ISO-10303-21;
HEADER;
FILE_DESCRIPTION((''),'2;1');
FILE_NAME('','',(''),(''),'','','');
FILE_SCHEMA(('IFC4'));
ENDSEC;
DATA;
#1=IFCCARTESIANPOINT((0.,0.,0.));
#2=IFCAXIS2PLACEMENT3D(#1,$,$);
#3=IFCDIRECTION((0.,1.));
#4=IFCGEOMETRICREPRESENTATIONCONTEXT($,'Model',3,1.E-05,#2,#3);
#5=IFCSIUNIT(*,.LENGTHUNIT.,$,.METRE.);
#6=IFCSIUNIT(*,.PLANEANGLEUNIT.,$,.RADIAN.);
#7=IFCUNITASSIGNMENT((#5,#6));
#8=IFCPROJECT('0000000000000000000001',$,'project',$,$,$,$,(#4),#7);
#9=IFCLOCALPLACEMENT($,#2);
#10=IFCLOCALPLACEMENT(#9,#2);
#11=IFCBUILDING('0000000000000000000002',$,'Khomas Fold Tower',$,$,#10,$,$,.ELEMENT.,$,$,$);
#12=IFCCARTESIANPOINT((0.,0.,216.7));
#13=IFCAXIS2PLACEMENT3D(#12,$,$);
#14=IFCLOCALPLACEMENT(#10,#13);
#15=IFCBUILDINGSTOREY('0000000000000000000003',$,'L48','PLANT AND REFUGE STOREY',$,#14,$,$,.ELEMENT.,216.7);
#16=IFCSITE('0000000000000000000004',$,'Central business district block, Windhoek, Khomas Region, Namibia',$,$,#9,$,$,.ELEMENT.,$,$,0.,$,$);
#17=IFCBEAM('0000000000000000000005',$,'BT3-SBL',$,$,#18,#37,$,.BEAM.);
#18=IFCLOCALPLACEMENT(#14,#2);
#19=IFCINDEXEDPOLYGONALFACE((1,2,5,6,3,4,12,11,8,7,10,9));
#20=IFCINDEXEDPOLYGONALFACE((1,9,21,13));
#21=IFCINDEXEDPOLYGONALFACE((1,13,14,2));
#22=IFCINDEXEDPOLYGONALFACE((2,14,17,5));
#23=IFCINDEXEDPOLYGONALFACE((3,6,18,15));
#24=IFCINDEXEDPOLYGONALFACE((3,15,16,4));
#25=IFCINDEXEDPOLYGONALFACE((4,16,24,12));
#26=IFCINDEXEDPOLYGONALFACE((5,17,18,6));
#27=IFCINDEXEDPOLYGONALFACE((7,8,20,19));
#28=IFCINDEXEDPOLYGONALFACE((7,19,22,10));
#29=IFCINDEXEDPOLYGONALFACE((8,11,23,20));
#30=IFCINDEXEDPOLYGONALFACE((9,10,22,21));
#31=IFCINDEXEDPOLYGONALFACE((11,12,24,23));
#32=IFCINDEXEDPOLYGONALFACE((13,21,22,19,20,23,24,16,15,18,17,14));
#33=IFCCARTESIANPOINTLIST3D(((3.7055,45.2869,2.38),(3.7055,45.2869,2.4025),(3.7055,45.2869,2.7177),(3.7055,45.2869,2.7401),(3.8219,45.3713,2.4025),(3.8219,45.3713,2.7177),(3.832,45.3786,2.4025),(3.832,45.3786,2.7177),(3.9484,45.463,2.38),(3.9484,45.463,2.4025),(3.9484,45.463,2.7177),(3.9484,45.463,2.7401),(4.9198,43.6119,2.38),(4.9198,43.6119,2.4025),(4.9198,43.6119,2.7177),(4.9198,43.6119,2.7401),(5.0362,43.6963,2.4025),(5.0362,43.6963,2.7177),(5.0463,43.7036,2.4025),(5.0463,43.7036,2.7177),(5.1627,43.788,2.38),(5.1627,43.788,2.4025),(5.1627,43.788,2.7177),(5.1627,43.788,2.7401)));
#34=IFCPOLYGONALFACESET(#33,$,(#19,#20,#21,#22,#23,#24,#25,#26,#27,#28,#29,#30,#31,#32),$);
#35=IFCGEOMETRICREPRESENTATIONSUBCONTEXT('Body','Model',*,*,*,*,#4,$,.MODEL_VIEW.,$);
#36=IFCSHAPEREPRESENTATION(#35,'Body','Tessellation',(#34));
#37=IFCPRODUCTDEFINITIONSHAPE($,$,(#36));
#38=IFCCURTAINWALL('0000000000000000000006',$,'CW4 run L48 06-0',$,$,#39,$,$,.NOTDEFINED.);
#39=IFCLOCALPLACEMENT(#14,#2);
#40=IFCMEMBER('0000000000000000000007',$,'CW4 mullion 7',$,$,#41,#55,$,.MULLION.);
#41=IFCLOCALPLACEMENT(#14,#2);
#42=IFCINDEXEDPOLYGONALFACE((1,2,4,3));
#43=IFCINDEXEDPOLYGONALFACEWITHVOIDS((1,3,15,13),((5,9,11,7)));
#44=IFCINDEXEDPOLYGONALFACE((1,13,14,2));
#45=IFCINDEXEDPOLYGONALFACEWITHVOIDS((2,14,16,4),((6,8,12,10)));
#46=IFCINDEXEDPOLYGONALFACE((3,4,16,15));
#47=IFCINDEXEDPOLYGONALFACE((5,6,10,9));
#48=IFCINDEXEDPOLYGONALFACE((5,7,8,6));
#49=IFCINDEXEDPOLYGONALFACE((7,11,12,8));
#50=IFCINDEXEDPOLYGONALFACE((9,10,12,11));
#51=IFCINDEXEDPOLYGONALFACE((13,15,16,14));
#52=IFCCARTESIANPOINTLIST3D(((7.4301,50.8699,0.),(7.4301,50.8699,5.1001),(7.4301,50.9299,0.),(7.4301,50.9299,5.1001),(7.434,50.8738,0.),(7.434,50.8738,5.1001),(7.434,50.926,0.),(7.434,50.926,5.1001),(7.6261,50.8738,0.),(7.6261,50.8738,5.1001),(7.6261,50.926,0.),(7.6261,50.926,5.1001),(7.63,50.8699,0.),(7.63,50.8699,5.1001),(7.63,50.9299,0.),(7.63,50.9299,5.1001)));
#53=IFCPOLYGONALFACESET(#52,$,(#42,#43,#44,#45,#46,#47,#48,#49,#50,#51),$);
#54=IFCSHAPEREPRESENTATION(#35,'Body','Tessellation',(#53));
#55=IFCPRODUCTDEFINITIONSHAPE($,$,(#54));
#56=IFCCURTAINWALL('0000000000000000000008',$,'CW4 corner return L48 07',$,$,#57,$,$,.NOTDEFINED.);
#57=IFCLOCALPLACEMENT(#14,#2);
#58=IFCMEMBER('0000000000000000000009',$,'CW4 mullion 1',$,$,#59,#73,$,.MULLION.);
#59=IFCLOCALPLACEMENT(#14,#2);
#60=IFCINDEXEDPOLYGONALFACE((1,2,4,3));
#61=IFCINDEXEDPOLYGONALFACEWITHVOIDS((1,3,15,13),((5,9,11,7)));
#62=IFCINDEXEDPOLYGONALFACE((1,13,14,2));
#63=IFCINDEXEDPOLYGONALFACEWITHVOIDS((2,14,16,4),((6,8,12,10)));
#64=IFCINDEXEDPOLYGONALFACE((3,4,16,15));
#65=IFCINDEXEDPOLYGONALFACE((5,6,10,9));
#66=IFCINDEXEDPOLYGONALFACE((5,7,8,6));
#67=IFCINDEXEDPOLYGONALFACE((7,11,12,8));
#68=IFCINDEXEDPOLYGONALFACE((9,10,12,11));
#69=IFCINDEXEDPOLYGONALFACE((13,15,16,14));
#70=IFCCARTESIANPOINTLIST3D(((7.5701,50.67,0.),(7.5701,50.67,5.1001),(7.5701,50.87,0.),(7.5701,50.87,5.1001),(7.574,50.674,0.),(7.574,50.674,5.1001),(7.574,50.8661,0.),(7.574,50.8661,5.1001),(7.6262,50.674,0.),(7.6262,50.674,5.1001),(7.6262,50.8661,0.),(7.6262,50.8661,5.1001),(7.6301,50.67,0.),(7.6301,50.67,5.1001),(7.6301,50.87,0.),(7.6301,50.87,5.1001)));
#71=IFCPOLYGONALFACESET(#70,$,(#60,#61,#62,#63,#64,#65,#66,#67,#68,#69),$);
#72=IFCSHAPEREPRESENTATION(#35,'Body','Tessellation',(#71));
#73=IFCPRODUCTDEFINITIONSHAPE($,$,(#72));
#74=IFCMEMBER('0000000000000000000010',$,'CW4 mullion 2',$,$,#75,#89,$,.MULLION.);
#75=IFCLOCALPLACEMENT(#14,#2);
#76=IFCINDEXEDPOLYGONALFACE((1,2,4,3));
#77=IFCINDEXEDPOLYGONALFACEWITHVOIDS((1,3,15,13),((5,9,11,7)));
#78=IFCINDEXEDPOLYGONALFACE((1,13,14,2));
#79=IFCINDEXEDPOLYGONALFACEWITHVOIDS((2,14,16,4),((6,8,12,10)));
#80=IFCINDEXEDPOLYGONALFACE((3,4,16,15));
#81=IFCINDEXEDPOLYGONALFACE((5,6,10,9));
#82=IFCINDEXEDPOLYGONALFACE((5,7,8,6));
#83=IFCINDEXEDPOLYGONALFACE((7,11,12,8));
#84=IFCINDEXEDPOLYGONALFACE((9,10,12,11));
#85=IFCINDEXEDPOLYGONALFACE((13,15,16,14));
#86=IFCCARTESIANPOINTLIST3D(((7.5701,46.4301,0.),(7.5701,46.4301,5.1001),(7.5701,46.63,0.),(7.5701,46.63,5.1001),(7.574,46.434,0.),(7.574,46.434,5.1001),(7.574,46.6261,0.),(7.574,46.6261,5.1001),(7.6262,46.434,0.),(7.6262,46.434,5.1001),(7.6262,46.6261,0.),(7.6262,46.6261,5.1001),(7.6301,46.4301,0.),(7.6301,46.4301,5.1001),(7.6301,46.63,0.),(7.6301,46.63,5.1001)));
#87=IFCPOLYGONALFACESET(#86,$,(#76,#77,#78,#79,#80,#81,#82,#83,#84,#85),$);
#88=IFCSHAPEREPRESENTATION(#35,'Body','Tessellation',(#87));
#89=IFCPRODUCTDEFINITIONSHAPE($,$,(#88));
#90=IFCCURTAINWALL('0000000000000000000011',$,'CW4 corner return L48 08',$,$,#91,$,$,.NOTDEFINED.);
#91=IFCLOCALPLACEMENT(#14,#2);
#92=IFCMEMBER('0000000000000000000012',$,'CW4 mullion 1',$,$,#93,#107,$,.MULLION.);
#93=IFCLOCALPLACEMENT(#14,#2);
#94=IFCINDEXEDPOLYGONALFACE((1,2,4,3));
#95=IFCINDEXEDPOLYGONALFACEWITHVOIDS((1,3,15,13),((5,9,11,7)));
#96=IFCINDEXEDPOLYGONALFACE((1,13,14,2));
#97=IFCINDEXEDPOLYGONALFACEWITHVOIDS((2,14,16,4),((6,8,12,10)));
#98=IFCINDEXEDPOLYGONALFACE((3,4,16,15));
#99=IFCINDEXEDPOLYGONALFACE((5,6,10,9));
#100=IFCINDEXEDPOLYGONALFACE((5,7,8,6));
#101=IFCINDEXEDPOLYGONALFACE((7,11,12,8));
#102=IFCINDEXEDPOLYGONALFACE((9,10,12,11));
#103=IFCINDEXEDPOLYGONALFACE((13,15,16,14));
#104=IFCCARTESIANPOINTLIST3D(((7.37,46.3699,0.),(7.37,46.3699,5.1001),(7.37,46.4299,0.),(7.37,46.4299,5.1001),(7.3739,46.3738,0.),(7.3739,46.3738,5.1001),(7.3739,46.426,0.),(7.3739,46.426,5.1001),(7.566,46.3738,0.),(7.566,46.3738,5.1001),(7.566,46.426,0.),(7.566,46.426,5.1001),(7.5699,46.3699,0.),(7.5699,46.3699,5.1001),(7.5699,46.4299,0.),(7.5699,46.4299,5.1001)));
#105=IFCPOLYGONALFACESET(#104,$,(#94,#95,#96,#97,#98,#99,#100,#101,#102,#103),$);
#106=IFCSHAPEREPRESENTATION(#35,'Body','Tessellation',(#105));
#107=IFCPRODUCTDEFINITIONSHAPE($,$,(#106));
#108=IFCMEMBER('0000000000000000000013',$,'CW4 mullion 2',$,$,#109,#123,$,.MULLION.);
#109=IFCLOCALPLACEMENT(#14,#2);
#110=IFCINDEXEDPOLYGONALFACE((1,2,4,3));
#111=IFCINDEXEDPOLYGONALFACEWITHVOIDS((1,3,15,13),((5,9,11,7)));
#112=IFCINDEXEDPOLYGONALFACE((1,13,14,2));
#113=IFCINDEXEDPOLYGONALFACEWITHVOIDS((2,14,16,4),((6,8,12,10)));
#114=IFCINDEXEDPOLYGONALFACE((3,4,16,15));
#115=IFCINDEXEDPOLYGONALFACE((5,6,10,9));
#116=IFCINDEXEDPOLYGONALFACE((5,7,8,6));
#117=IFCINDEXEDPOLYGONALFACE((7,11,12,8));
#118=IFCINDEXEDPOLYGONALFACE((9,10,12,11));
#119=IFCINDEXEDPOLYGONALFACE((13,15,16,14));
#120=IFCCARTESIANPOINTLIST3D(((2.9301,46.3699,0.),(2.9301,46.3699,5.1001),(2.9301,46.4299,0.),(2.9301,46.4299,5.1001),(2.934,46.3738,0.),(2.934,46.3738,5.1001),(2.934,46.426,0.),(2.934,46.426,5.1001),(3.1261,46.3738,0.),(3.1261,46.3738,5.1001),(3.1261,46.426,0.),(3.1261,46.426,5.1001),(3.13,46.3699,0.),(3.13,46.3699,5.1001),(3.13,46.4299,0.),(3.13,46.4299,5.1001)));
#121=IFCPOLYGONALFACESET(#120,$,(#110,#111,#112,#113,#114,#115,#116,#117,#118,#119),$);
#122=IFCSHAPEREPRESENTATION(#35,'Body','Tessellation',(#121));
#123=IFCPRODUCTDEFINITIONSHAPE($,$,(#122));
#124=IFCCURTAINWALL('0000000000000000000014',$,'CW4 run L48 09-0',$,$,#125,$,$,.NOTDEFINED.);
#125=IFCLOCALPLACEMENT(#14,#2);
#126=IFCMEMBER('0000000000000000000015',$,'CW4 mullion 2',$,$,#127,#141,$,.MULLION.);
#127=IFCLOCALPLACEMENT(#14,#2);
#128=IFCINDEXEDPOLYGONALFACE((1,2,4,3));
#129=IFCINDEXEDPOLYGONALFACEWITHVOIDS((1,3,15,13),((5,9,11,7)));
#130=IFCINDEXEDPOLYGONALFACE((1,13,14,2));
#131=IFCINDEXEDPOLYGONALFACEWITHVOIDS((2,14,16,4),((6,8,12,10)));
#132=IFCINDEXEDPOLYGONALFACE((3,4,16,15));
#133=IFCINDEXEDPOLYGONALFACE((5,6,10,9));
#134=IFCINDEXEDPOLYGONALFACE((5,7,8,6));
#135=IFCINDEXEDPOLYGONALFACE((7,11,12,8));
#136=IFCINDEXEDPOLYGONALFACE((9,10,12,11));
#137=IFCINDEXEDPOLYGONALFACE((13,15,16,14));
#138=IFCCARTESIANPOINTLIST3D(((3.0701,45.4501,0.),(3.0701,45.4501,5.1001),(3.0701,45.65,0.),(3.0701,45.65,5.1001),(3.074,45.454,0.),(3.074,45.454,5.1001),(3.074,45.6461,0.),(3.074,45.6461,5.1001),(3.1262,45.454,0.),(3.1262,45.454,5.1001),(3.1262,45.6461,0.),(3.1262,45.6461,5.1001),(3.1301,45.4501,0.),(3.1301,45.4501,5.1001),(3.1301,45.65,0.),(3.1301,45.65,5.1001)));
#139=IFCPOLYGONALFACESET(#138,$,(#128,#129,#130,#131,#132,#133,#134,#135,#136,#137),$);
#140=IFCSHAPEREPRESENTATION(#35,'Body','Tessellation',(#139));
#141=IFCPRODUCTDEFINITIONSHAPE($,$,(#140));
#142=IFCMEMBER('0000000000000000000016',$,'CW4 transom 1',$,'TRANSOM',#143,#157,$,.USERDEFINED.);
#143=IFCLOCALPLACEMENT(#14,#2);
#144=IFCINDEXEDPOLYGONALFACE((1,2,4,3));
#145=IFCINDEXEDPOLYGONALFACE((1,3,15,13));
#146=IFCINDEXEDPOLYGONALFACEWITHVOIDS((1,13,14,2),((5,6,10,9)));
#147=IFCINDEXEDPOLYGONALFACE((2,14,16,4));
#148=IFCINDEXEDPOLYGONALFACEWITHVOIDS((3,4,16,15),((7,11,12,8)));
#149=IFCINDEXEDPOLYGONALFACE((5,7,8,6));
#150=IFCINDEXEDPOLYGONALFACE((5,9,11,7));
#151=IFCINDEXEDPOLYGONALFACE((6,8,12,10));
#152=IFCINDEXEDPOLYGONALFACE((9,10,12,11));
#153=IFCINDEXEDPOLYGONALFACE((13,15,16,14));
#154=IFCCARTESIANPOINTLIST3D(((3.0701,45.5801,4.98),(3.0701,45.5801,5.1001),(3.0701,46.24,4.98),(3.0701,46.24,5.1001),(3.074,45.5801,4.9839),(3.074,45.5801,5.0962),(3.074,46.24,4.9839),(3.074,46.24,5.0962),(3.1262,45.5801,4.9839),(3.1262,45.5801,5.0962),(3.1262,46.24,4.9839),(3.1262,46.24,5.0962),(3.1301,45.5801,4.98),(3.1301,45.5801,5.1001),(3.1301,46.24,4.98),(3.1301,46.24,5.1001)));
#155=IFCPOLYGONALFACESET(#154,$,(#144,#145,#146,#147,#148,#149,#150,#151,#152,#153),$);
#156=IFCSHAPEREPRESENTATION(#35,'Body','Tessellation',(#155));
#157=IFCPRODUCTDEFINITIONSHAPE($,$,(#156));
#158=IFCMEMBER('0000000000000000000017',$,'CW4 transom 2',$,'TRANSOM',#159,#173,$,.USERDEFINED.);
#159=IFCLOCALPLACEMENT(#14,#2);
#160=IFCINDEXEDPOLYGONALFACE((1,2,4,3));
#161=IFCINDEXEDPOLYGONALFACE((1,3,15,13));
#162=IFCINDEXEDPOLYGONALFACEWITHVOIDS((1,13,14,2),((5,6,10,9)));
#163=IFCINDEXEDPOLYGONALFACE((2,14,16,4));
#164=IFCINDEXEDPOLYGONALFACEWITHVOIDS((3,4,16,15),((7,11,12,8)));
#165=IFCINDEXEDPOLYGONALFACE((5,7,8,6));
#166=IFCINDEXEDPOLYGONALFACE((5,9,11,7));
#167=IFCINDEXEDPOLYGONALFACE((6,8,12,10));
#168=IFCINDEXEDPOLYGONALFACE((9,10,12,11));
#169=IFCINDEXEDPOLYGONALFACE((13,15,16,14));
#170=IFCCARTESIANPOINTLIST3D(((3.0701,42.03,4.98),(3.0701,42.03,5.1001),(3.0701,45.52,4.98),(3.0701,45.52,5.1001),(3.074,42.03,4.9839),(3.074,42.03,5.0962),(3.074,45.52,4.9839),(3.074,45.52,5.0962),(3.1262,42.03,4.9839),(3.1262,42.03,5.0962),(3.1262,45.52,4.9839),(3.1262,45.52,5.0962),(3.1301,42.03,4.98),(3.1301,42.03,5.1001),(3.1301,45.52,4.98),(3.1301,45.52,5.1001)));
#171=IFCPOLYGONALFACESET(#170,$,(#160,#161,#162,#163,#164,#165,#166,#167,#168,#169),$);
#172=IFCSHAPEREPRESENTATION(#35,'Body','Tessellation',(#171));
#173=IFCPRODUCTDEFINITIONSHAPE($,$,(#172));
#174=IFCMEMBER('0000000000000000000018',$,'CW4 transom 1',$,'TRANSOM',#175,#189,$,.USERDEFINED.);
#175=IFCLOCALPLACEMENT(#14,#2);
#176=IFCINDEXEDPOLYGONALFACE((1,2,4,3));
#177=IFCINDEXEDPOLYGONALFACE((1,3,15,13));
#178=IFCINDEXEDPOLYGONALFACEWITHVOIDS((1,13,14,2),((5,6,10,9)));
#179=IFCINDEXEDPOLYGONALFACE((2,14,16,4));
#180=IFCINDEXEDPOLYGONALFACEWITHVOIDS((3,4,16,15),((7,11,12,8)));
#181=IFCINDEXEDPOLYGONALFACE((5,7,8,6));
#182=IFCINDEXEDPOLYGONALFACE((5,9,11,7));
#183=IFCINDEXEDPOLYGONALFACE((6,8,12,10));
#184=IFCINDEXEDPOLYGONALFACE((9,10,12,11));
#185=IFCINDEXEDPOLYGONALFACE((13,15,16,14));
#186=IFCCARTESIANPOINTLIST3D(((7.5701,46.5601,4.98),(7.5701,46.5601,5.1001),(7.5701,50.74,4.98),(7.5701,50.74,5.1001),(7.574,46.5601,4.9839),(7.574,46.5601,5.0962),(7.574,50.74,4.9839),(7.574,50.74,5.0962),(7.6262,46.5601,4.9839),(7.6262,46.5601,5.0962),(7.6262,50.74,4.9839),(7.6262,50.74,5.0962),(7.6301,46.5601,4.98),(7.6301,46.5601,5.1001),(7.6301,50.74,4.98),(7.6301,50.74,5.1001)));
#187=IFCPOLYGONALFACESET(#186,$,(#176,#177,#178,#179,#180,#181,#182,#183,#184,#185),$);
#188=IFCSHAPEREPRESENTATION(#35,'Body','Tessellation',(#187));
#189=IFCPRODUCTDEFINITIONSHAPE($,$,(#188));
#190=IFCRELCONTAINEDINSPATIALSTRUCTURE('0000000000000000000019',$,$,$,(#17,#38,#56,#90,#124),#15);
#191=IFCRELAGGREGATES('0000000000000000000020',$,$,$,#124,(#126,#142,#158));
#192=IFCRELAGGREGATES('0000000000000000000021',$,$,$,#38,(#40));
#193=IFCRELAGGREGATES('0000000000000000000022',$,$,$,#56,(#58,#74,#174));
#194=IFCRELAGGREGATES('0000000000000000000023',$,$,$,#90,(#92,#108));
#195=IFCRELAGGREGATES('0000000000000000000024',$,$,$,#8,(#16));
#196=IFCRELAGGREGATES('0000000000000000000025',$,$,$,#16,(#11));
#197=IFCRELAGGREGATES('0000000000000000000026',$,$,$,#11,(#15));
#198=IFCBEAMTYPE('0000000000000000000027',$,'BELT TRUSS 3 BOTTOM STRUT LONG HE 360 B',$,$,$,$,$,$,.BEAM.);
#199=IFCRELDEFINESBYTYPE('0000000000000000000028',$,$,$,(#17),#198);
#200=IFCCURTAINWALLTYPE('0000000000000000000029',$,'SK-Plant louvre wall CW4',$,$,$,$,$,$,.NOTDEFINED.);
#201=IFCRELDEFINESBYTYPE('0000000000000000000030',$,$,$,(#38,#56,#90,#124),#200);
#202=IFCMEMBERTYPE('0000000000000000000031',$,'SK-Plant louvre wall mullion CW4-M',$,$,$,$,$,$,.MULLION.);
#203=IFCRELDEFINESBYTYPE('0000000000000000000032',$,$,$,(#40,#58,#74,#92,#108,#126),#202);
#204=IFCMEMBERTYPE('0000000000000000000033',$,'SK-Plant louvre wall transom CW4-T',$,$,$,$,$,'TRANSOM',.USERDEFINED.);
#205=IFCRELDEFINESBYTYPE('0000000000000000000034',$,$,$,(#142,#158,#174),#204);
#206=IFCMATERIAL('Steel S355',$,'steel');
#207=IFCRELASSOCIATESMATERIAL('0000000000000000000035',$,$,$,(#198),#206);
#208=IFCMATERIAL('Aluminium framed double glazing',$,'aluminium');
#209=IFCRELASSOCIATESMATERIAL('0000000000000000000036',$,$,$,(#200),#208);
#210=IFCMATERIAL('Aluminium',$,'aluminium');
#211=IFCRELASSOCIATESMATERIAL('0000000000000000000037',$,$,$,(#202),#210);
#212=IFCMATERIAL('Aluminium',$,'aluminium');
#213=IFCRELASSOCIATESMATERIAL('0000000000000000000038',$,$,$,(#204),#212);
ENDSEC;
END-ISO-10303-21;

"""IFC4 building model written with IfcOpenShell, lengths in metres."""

from ifc_helpers import new_model, si_unit, direction, frame, origin, origin_2d, place, context, subcontext, project, spatial, hollow_rectangle, i_section, extrude, source, transform, mapped, material, material_profile, profile_set, type_object, element, aggregate, save


model = new_model("IFC4")

# Units and contexts
model_context = context("Model", 3, precision=1e-05, world=origin(), true_north=direction((0.0, 1.0)))
body_context = subcontext(model_context, "Body", "Model", "MODEL_VIEW")
ifc_project = project(units=[si_unit("LENGTHUNIT", "METRE"), si_unit("PLANEANGLEUNIT", "RADIAN")], contexts=[model_context])

# Site, building, storey
site_placement = place(None, origin())
site = spatial("IfcSite", under=ifc_project, at=site_placement, Name="Central business district block, Windhoek, Khomas Region, Namibia", CompositionType="ELEMENT", RefElevation=0.0)
building_placement = place(site_placement, origin())
building = spatial("IfcBuilding", under=site, at=building_placement, Name="Khomas Fold Tower", CompositionType="ELEMENT")
storey_placement = place(building_placement, frame((0.0, 0.0, 216.7)))
storey = spatial("IfcBuildingStorey", under=building, at=storey_placement, Name="L48", Description="PLANT AND REFUGE STOREY", CompositionType="ELEMENT", Elevation=216.7)

# Beam
ifc_material_1 = material(Name="Steel S355", Category="steel")
ifc_material_profile_1 = material_profile(ifc_material_1, i_section(OverallWidth=0.3, OverallDepth=0.3601, WebThickness=0.0125, FlangeThickness=0.0225, at=origin_2d()), Name="HE 360 B")
ifc_profile_set_1 = profile_set([ifc_material_profile_1], Name="Steel S355")
beam_type_1 = type_object("IfcBeamType", Name="BELT TRUSS 3 BOTTOM STRUT LONG HE 360 B", PredefinedType="BEAM", material=ifc_profile_set_1)
shared_shape_1 = source(origin(), body_context, "Body", "SweptSolid", [
    extrude(i_section(OverallWidth=0.3, OverallDepth=0.3601, WebThickness=0.0125, FlangeThickness=0.0225, at=origin_2d()), origin(), (0.0, 0.0, 1.0), 2.0688),
])
beam_1_placement = place(storey_placement, frame((5.0413, 43.7, 2.5601), z_axis=(-0.58695, 0.809623, 0.0), x_axis=(-0.809623, -0.58695, 0.0)))
element("IfcBeam", 1, at=beam_1_placement, inside=storey, type_object=beam_type_1, Name="BT3-SBL", PredefinedType="BEAM", context=body_context, shape_type="MappedRepresentation", body=[
    mapped(shared_shape_1, transform((0.0, 0.0, 0.0))),
])

# Curtain wall, member
ifc_material_2 = material(Name="Aluminium framed double glazing", Category="aluminium")
curtain_wall_type = type_object("IfcCurtainWallType", Name="SK-Plant louvre wall CW4", PredefinedType="NOTDEFINED", material=ifc_material_2)
curtain_wall_1_placement = place(storey_placement, origin())
curtain_wall_1 = element("IfcCurtainWall", 2, at=curtain_wall_1_placement, inside=storey, type_object=curtain_wall_type, Name="CW4 run L48 06-0", PredefinedType="NOTDEFINED")
ifc_material_3 = material(Name="Aluminium", Category="aluminium")
ifc_material_profile_2 = material_profile(ifc_material_3, hollow_rectangle(XDim=0.0601, YDim=0.2, WallThickness=0.0039, at=origin_2d()), Name="SK-Plant louvre wall mullion CW4-M")
ifc_profile_set_2 = profile_set([ifc_material_profile_2], Name="Aluminium")
member_type_1 = type_object("IfcMemberType", Name="SK-Plant louvre wall mullion CW4-M", PredefinedType="MULLION", material=ifc_profile_set_2)
shared_shape_2 = source(origin(), body_context, "Body", "SweptSolid", [
    extrude(hollow_rectangle(XDim=0.0601, YDim=0.2, WallThickness=0.0039, at=origin_2d()), origin(), (0.0, 0.0, 1.0), 5.1001),
])
member_1_placement = place(storey_placement, frame((7.53, 50.8999, 0.0), z_axis=(0.0, 0.0, 1.0), x_axis=(0.0, -1.0, 0.0)))
member_1 = element("IfcMember", 3, at=member_1_placement, type_object=member_type_1, Name="CW4 mullion 7", PredefinedType="MULLION", context=body_context, shape_type="MappedRepresentation", body=[
    mapped(shared_shape_2, transform((0.0, 0.0, 0.0))),
])

# Curtain walls, members
curtain_wall_2_placement = place(storey_placement, origin())
curtain_wall_2 = element("IfcCurtainWall", 4, at=curtain_wall_2_placement, inside=storey, type_object=curtain_wall_type, Name="CW4 corner return L48 07", PredefinedType="NOTDEFINED")
member_2_placement = place(storey_placement, frame((7.6001, 50.77, 0.0), z_axis=(0.0, 0.0, 1.0), x_axis=(1.0, 0.0, 0.0)))
member_2 = element("IfcMember", 5, at=member_2_placement, type_object=member_type_1, Name="CW4 mullion 1", PredefinedType="MULLION", context=body_context, shape_type="MappedRepresentation", body=[
    mapped(shared_shape_2, transform((0.0, 0.0, 0.0))),
])
member_3_placement = place(storey_placement, frame((7.6001, 46.53, 0.0), z_axis=(0.0, 0.0, 1.0), x_axis=(1.0, 0.0, 0.0)))
member_3 = element("IfcMember", 6, at=member_3_placement, type_object=member_type_1, Name="CW4 mullion 2", PredefinedType="MULLION", context=body_context, shape_type="MappedRepresentation", body=[
    mapped(shared_shape_2, transform((0.0, 0.0, 0.0))),
])
curtain_wall_3_placement = place(storey_placement, origin())
curtain_wall_3 = element("IfcCurtainWall", 7, at=curtain_wall_3_placement, inside=storey, type_object=curtain_wall_type, Name="CW4 corner return L48 08", PredefinedType="NOTDEFINED")
member_4_placement = place(storey_placement, frame((7.47, 46.3999, 0.0), z_axis=(0.0, 0.0, 1.0), x_axis=(0.0, -1.0, 0.0)))
member_4 = element("IfcMember", 8, at=member_4_placement, type_object=member_type_1, Name="CW4 mullion 1", PredefinedType="MULLION", context=body_context, shape_type="MappedRepresentation", body=[
    mapped(shared_shape_2, transform((0.0, 0.0, 0.0))),
])
member_5_placement = place(storey_placement, frame((3.03, 46.3999, 0.0), z_axis=(0.0, 0.0, 1.0), x_axis=(0.0, -1.0, 0.0)))
member_5 = element("IfcMember", 9, at=member_5_placement, type_object=member_type_1, Name="CW4 mullion 2", PredefinedType="MULLION", context=body_context, shape_type="MappedRepresentation", body=[
    mapped(shared_shape_2, transform((0.0, 0.0, 0.0))),
])
curtain_wall_4_placement = place(storey_placement, origin())
curtain_wall_4 = element("IfcCurtainWall", 10, at=curtain_wall_4_placement, inside=storey, type_object=curtain_wall_type, Name="CW4 run L48 09-0", PredefinedType="NOTDEFINED")
member_6_placement = place(storey_placement, frame((3.1001, 45.55, 0.0), z_axis=(0.0, 0.0, 1.0), x_axis=(1.0, 0.0, 0.0)))
member_6 = element("IfcMember", 11, at=member_6_placement, type_object=member_type_1, Name="CW4 mullion 2", PredefinedType="MULLION", context=body_context, shape_type="MappedRepresentation", body=[
    mapped(shared_shape_2, transform((0.0, 0.0, 0.0))),
])
ifc_material_4 = material(Name="Aluminium", Category="aluminium")
ifc_material_profile_3 = material_profile(ifc_material_4, hollow_rectangle(XDim=0.0601, YDim=0.1201, WallThickness=0.0039, at=origin_2d()), Name="SK-Plant louvre wall transom CW4-T")
ifc_profile_set_3 = profile_set([ifc_material_profile_3], Name="Aluminium")
member_type_2 = type_object("IfcMemberType", Name="SK-Plant louvre wall transom CW4-T", ElementType="TRANSOM", PredefinedType="USERDEFINED", material=ifc_profile_set_3)
shared_shape_3 = source(origin(), body_context, "Body", "SweptSolid", [
    extrude(hollow_rectangle(XDim=0.0601, YDim=0.1201, WallThickness=0.0039, at=origin_2d()), origin(), (0.0, 0.0, 1.0), 0.6599),
])
member_7_placement = place(storey_placement, frame((3.1001, 46.24, 5.04), z_axis=(0.0, -1.0, 0.0), x_axis=(1.0, 0.0, 0.0)))
member_7 = element("IfcMember", 12, at=member_7_placement, type_object=member_type_2, Name="CW4 transom 1", ObjectType="TRANSOM", PredefinedType="USERDEFINED", context=body_context, shape_type="MappedRepresentation", body=[
    mapped(shared_shape_3, transform((0.0, 0.0, 0.0))),
])
shared_shape_4 = source(origin(), body_context, "Body", "SweptSolid", [
    extrude(hollow_rectangle(XDim=0.0601, YDim=0.1201, WallThickness=0.0039, at=origin_2d()), origin(), (0.0, 0.0, 1.0), 3.49),
])
member_8_placement = place(storey_placement, frame((3.1001, 45.52, 5.04), z_axis=(0.0, -1.0, 0.0), x_axis=(1.0, 0.0, 0.0)))
member_8 = element("IfcMember", 13, at=member_8_placement, type_object=member_type_2, Name="CW4 transom 2", ObjectType="TRANSOM", PredefinedType="USERDEFINED", context=body_context, shape_type="MappedRepresentation", body=[
    mapped(shared_shape_4, transform((0.0, 0.0, 0.0))),
])

# Member
shared_shape_5 = source(origin(), body_context, "Body", "SweptSolid", [
    extrude(hollow_rectangle(XDim=0.0601, YDim=0.1201, WallThickness=0.0039, at=origin_2d()), origin(), (0.0, 0.0, 1.0), 4.1799),
])
member_9_placement = place(storey_placement, frame((7.6001, 50.74, 5.04), z_axis=(0.0, -1.0, 0.0), x_axis=(1.0, 0.0, 0.0)))
member_9 = element("IfcMember", 14, at=member_9_placement, type_object=member_type_2, Name="CW4 transom 1", ObjectType="TRANSOM", PredefinedType="USERDEFINED", context=body_context, shape_type="MappedRepresentation", body=[
    mapped(shared_shape_5, transform((0.0, 0.0, 0.0))),
])

aggregate(curtain_wall_4, [member_6, member_7, member_8])
aggregate(curtain_wall_1, [member_1])
aggregate(curtain_wall_2, [member_2, member_3, member_9])
aggregate(curtain_wall_3, [member_4, member_5])

save(model, "model.ifc")
